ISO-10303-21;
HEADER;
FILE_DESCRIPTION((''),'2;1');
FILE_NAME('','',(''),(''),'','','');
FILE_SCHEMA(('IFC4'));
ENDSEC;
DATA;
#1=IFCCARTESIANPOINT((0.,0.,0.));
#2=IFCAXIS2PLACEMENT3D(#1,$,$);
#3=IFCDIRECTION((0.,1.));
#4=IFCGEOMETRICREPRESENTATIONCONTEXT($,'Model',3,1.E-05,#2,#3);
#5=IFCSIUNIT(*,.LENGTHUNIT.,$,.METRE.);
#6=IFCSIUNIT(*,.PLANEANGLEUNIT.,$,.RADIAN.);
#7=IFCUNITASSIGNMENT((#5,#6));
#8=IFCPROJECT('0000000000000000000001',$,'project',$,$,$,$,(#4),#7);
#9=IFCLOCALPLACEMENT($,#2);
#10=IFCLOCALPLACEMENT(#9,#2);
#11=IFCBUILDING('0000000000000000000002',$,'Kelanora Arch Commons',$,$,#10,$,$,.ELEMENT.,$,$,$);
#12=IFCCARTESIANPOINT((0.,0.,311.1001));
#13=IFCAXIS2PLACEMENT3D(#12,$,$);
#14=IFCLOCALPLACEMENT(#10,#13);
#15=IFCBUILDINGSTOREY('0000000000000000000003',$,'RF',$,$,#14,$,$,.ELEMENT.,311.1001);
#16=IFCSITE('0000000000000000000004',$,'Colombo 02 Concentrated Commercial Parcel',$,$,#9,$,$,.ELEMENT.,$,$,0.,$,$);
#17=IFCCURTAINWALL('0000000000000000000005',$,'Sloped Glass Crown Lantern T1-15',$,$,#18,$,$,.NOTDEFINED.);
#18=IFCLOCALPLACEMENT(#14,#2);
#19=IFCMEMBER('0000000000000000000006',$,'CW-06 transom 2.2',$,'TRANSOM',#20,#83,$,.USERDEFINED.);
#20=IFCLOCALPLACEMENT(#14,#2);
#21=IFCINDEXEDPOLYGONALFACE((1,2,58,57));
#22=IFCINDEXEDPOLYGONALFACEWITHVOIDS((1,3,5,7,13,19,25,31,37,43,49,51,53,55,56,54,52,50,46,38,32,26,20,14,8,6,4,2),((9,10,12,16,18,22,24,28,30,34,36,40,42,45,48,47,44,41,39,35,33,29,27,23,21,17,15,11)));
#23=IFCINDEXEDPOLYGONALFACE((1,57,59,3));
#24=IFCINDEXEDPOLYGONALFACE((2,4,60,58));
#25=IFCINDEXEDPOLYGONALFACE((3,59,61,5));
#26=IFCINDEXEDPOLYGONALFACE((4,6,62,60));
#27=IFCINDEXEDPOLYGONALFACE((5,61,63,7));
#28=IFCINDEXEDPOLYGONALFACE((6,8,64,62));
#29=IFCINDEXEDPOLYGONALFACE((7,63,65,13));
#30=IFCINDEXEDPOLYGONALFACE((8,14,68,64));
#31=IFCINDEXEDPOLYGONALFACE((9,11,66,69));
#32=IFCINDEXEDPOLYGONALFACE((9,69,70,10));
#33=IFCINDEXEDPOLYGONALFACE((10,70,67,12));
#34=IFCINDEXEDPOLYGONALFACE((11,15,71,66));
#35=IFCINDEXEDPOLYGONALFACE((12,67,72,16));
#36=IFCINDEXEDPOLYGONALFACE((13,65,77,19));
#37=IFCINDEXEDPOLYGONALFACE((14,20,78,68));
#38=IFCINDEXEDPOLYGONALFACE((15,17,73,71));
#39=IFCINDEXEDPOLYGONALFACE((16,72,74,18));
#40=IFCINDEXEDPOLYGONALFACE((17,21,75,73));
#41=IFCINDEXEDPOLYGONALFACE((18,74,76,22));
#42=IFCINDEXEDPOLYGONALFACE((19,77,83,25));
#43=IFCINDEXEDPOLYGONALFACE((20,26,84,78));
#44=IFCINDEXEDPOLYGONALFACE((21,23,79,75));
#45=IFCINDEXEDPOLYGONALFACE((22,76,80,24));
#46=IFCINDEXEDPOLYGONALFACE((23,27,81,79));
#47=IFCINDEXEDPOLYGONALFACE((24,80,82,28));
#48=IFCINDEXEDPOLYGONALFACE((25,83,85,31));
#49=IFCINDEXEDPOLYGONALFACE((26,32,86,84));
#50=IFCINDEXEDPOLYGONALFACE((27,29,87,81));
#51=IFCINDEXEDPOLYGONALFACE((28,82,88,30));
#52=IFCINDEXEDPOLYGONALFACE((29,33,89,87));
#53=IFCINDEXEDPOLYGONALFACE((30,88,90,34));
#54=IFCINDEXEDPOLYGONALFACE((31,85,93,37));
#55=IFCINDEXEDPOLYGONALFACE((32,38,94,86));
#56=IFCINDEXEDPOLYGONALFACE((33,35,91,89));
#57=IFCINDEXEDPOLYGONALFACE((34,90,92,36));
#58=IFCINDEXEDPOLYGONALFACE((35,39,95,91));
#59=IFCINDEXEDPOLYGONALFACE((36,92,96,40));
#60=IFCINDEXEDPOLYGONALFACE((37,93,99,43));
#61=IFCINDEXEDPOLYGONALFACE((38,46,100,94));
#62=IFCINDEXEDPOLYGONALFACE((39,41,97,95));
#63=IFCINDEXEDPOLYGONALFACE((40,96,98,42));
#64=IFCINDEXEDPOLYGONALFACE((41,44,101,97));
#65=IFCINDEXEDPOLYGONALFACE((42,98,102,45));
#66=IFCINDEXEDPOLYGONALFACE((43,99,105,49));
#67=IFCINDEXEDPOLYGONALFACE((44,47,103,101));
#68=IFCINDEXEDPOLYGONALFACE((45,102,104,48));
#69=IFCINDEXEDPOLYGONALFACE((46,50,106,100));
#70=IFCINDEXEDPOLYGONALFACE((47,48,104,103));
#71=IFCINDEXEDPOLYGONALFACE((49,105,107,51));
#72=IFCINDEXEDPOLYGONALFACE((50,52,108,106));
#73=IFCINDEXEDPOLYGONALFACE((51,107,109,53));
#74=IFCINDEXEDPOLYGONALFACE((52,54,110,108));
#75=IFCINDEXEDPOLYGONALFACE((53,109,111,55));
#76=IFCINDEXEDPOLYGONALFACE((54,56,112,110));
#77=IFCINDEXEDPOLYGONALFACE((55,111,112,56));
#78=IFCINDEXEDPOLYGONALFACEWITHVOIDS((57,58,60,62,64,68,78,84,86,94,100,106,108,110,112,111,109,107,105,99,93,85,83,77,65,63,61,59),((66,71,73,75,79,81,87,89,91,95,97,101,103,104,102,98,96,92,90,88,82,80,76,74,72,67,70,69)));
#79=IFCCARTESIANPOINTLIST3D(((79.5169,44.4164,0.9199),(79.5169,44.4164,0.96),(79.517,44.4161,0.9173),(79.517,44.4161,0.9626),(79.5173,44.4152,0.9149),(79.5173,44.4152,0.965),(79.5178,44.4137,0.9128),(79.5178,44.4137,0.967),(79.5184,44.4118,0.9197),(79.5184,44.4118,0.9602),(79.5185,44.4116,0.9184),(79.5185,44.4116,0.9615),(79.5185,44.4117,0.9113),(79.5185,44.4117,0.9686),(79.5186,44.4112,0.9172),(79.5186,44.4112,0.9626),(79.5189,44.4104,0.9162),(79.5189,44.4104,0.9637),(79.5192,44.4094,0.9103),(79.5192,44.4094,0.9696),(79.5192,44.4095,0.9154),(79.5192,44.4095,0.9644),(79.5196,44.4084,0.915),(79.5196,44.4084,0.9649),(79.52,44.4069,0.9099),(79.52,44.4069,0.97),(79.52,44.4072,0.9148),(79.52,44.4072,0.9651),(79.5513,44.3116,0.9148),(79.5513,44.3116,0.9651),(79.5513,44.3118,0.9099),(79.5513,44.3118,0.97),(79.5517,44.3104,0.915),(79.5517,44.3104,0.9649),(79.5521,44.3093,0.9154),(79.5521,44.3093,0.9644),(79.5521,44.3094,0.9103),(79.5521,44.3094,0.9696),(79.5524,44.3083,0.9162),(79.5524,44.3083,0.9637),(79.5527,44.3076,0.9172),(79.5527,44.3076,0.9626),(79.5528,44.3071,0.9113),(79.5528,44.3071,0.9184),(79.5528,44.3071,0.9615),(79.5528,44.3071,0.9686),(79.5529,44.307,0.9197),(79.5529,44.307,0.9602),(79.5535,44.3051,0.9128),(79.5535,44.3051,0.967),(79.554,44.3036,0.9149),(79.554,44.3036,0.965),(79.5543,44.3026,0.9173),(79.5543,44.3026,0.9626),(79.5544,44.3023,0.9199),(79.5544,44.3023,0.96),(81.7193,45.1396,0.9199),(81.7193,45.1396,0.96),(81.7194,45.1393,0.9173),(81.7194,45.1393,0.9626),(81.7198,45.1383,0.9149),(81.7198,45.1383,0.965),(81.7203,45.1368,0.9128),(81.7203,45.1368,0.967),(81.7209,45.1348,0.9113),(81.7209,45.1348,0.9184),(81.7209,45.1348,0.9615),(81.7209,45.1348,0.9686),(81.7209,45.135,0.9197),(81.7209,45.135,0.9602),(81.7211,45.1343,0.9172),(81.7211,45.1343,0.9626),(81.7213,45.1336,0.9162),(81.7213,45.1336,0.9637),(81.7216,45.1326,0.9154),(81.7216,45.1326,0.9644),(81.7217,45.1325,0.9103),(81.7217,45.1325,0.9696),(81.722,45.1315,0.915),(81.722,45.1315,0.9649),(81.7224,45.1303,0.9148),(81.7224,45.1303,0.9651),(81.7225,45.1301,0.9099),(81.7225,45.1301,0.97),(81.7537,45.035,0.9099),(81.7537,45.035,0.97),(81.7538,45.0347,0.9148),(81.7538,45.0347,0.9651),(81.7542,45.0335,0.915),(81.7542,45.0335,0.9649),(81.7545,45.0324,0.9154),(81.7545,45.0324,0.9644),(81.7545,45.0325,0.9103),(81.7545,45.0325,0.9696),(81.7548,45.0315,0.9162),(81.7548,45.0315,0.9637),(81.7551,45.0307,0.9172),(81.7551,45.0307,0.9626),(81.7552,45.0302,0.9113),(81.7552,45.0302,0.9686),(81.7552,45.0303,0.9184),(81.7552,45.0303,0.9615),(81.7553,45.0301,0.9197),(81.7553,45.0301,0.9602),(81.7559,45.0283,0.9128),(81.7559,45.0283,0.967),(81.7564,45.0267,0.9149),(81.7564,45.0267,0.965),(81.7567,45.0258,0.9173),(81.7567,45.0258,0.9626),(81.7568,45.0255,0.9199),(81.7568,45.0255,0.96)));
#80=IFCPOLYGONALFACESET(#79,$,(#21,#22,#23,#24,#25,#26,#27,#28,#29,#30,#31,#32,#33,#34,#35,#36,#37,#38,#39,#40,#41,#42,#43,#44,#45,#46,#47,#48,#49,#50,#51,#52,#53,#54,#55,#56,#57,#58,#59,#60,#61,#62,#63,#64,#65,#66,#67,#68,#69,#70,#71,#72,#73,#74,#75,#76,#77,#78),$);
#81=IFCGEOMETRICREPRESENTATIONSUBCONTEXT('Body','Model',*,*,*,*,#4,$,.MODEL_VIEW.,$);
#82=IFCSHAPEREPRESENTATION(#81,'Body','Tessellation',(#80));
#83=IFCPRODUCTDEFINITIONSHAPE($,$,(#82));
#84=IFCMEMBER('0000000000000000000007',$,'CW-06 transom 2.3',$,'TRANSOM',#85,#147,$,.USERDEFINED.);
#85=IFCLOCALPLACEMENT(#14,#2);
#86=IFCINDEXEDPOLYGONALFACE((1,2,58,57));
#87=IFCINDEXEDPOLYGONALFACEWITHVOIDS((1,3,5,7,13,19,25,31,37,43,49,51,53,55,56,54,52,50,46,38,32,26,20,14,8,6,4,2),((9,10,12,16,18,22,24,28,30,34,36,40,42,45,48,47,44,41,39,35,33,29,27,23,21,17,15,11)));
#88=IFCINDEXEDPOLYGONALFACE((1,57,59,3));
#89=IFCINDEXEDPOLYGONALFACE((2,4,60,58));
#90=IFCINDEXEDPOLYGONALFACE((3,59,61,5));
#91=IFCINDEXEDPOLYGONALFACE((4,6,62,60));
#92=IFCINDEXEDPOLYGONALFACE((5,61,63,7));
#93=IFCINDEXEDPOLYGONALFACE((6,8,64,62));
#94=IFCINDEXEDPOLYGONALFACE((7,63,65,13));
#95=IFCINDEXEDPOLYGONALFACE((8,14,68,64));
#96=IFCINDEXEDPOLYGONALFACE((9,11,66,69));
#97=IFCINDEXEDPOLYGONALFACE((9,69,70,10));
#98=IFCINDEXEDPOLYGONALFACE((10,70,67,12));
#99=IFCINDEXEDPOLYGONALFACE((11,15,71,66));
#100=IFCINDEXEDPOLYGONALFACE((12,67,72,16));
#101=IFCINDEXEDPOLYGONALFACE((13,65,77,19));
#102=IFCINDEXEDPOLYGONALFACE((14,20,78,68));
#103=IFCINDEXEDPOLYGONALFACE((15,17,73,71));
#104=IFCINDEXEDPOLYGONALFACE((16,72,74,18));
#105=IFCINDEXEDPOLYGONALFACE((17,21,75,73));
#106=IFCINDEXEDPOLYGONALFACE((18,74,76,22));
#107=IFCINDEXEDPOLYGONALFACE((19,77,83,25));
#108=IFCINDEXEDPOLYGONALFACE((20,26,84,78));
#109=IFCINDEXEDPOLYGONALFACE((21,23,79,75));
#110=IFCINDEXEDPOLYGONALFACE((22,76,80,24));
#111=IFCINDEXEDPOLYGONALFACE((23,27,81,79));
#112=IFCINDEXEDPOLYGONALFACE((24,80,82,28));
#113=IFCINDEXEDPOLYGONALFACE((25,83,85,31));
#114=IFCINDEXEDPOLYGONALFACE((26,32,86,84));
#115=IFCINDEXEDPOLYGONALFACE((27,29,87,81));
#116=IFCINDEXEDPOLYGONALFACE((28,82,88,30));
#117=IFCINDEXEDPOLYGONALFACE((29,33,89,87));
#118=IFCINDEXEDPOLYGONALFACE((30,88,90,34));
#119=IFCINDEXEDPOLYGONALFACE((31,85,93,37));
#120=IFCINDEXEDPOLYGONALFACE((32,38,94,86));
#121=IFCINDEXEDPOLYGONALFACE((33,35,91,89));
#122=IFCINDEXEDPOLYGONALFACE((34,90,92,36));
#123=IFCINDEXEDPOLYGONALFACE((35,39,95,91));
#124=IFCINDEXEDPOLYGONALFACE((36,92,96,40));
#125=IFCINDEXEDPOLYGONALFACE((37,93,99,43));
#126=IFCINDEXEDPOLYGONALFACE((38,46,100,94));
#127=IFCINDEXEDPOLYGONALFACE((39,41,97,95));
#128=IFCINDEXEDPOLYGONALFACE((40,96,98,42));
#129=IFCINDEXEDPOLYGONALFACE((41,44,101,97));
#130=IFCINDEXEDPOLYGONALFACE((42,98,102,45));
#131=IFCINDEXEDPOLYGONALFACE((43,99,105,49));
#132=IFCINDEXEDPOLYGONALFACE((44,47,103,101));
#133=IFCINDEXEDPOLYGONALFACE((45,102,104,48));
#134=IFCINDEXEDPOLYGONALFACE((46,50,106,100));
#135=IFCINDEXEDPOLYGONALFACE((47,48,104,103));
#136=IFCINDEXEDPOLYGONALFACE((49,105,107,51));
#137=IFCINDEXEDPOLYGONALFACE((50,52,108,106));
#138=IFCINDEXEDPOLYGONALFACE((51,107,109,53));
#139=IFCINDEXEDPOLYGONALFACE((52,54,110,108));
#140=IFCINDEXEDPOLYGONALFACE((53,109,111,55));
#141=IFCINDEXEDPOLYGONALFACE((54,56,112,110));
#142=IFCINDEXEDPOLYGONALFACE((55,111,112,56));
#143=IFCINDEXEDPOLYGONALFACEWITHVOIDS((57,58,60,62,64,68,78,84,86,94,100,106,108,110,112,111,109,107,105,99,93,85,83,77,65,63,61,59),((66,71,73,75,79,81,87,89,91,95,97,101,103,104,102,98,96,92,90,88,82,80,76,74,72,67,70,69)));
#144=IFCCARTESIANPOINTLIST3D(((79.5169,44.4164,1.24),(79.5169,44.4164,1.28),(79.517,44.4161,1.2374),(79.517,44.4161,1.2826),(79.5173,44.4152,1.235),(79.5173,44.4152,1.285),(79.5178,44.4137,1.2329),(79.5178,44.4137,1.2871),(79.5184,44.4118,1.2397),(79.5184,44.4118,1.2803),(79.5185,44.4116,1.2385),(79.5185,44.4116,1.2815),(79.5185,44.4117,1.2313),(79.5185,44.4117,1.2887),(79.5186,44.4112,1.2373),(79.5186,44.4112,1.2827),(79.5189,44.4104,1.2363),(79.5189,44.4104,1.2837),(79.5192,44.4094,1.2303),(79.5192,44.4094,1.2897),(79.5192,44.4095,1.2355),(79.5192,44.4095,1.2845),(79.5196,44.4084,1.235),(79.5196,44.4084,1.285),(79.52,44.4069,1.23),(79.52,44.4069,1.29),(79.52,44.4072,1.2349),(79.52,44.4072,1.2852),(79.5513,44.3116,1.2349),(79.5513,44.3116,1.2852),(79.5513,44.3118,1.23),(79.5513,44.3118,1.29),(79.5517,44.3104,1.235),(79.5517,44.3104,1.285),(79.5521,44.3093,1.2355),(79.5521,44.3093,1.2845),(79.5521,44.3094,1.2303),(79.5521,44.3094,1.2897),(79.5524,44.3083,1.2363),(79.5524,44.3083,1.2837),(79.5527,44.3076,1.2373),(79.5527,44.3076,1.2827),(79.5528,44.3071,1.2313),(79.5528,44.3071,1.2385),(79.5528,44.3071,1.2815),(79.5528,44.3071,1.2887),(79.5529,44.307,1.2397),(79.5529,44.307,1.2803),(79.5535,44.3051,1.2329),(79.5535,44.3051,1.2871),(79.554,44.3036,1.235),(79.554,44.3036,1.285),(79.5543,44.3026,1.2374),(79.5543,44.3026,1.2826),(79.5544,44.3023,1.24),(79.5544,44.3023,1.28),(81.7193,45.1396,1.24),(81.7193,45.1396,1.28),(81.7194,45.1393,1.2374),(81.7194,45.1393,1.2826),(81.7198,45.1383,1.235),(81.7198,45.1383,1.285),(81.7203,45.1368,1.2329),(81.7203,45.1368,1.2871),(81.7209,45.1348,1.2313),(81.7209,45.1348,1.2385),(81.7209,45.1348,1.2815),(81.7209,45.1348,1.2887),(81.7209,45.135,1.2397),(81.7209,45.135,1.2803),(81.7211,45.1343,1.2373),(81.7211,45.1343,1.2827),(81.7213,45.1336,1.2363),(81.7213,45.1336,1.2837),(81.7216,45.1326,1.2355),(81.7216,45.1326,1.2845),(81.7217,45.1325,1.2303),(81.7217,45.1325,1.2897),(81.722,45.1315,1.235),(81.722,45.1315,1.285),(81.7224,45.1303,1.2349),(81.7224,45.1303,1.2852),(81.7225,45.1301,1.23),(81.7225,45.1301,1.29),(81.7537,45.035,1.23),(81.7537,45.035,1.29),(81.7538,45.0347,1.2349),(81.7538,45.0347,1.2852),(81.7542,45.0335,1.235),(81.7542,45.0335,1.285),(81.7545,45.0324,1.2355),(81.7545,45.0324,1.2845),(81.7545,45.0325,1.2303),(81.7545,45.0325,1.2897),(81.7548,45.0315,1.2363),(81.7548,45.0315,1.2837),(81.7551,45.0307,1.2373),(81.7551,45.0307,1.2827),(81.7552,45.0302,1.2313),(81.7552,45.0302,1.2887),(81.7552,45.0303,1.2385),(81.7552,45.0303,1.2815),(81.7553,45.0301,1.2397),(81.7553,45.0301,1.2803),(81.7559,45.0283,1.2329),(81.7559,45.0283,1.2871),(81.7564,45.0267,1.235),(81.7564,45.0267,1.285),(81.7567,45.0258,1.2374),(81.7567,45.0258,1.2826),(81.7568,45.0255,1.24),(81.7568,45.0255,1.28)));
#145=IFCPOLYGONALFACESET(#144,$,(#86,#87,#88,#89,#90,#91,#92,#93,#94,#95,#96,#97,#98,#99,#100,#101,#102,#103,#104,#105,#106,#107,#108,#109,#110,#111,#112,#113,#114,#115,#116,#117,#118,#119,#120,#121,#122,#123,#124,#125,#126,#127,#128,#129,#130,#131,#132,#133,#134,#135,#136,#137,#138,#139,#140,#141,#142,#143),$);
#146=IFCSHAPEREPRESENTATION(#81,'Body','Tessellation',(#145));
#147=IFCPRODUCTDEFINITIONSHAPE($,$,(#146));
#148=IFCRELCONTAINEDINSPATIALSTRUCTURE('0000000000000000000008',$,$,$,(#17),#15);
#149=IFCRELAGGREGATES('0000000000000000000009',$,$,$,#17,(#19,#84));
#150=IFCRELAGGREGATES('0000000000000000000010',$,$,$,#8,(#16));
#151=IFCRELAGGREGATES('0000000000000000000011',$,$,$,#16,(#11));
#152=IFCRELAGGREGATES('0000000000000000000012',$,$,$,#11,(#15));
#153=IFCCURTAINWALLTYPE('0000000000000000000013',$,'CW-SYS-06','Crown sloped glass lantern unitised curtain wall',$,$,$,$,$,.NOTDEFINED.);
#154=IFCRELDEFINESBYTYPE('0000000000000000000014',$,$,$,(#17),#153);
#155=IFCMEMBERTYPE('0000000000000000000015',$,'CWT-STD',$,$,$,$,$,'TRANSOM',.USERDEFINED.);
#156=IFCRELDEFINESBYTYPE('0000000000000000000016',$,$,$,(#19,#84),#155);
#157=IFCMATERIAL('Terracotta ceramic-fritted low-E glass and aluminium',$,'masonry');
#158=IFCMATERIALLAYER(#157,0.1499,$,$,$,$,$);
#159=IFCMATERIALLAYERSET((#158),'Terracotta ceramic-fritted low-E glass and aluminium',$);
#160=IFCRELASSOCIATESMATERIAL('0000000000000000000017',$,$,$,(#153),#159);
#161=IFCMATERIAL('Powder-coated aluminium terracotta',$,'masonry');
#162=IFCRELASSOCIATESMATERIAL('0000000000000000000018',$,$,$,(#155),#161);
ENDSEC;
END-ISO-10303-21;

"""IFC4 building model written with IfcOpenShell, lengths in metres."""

from ifc_helpers import new_model, si_unit, direction, frame, origin, origin_2d, place, context, subcontext, project, spatial, hollow_rectangle, extrude, material, layer, layer_set, material_profile, profile_set, type_object, element, aggregate, save


model = new_model("IFC4")

# Units and contexts
model_context = context("Model", 3, precision=1e-05, world=origin(), true_north=direction((0.0, 1.0)))
body_context = subcontext(model_context, "Body", "Model", "MODEL_VIEW")
ifc_project = project(units=[si_unit("LENGTHUNIT", "METRE"), si_unit("PLANEANGLEUNIT", "RADIAN")], contexts=[model_context])

# Site, building, storey
site_placement = place(None, origin())
site = spatial("IfcSite", under=ifc_project, at=site_placement, Name="Colombo 02 Concentrated Commercial Parcel", CompositionType="ELEMENT", RefElevation=0.0)
building_placement = place(site_placement, origin())
building = spatial("IfcBuilding", under=site, at=building_placement, Name="Kelanora Arch Commons", CompositionType="ELEMENT")
storey_placement = place(building_placement, frame((0.0, 0.0, 311.1001)))
storey = spatial("IfcBuildingStorey", under=building, at=storey_placement, Name="RF", CompositionType="ELEMENT", Elevation=311.1001)

# Shared definitions
ifc_material_1 = material(Name="Terracotta ceramic-fritted low-E glass and aluminium", Category="masonry")
ifc_layer_1 = layer(ifc_material_1, 0.1499)
ifc_layer_set_1 = layer_set([ifc_layer_1], Name="Terracotta ceramic-fritted low-E glass and aluminium")
curtain_wall_type = type_object("IfcCurtainWallType", Name="CW-SYS-06", Description="Crown sloped glass lantern unitised curtain wall", PredefinedType="NOTDEFINED", material=ifc_layer_set_1)
ifc_material_2 = material(Name="Powder-coated aluminium terracotta", Category="masonry")

# Shared definitions
ifc_material_profile_1 = material_profile(ifc_material_2, hollow_rectangle(XDim=0.1201, YDim=0.0601, WallThickness=0.0049, InnerFilletRadius=0.0049, OuterFilletRadius=0.01, at=origin_2d()), Name="CWT120x60")
ifc_profile_set_1 = profile_set([ifc_material_profile_1], Name="Powder-coated aluminium terracotta")
member_type_1 = type_object("IfcMemberType", Name="CWT-STD", ElementType="TRANSOM", PredefinedType="USERDEFINED", material=ifc_profile_set_1)

# Curtain wall, members
curtain_wall_1_placement = place(storey_placement, origin())
curtain_wall_1 = element("IfcCurtainWall", 1, at=curtain_wall_1_placement, inside=storey, type_object=curtain_wall_type, Name="Sloped Glass Crown Lantern T1-15", PredefinedType="NOTDEFINED")
member_1_placement = place(storey_placement, frame((79.5356, 44.3594, 0.9399), z_axis=(0.950096, 0.311959, 0.0), x_axis=(-0.311959, 0.950096, 0.0)))
member_1 = element("IfcMember", 2, at=member_1_placement, type_object=member_type_1, Name="CW-06 transom 2.2", ObjectType="TRANSOM", PredefinedType="USERDEFINED", context=body_context, shape_type="SweptSolid", body=[
    extrude(hollow_rectangle(XDim=0.1201, YDim=0.0601, WallThickness=0.0049, InnerFilletRadius=0.0049, OuterFilletRadius=0.01, at=origin_2d()), origin(), (0.0, 0.0, 1.0), 2.3181),
])
member_2_placement = place(storey_placement, frame((79.5356, 44.3594, 1.26), z_axis=(0.950096, 0.311959, 0.0), x_axis=(-0.311959, 0.950096, 0.0)))
member_2 = element("IfcMember", 3, at=member_2_placement, type_object=member_type_1, Name="CW-06 transom 2.3", ObjectType="TRANSOM", PredefinedType="USERDEFINED", context=body_context, shape_type="SweptSolid", body=[
    extrude(hollow_rectangle(XDim=0.1201, YDim=0.0601, WallThickness=0.0049, InnerFilletRadius=0.0049, OuterFilletRadius=0.01, at=origin_2d()), origin(), (0.0, 0.0, 1.0), 2.3181),
])

aggregate(curtain_wall_1, [member_1, member_2])

save(model, "model.ifc")
